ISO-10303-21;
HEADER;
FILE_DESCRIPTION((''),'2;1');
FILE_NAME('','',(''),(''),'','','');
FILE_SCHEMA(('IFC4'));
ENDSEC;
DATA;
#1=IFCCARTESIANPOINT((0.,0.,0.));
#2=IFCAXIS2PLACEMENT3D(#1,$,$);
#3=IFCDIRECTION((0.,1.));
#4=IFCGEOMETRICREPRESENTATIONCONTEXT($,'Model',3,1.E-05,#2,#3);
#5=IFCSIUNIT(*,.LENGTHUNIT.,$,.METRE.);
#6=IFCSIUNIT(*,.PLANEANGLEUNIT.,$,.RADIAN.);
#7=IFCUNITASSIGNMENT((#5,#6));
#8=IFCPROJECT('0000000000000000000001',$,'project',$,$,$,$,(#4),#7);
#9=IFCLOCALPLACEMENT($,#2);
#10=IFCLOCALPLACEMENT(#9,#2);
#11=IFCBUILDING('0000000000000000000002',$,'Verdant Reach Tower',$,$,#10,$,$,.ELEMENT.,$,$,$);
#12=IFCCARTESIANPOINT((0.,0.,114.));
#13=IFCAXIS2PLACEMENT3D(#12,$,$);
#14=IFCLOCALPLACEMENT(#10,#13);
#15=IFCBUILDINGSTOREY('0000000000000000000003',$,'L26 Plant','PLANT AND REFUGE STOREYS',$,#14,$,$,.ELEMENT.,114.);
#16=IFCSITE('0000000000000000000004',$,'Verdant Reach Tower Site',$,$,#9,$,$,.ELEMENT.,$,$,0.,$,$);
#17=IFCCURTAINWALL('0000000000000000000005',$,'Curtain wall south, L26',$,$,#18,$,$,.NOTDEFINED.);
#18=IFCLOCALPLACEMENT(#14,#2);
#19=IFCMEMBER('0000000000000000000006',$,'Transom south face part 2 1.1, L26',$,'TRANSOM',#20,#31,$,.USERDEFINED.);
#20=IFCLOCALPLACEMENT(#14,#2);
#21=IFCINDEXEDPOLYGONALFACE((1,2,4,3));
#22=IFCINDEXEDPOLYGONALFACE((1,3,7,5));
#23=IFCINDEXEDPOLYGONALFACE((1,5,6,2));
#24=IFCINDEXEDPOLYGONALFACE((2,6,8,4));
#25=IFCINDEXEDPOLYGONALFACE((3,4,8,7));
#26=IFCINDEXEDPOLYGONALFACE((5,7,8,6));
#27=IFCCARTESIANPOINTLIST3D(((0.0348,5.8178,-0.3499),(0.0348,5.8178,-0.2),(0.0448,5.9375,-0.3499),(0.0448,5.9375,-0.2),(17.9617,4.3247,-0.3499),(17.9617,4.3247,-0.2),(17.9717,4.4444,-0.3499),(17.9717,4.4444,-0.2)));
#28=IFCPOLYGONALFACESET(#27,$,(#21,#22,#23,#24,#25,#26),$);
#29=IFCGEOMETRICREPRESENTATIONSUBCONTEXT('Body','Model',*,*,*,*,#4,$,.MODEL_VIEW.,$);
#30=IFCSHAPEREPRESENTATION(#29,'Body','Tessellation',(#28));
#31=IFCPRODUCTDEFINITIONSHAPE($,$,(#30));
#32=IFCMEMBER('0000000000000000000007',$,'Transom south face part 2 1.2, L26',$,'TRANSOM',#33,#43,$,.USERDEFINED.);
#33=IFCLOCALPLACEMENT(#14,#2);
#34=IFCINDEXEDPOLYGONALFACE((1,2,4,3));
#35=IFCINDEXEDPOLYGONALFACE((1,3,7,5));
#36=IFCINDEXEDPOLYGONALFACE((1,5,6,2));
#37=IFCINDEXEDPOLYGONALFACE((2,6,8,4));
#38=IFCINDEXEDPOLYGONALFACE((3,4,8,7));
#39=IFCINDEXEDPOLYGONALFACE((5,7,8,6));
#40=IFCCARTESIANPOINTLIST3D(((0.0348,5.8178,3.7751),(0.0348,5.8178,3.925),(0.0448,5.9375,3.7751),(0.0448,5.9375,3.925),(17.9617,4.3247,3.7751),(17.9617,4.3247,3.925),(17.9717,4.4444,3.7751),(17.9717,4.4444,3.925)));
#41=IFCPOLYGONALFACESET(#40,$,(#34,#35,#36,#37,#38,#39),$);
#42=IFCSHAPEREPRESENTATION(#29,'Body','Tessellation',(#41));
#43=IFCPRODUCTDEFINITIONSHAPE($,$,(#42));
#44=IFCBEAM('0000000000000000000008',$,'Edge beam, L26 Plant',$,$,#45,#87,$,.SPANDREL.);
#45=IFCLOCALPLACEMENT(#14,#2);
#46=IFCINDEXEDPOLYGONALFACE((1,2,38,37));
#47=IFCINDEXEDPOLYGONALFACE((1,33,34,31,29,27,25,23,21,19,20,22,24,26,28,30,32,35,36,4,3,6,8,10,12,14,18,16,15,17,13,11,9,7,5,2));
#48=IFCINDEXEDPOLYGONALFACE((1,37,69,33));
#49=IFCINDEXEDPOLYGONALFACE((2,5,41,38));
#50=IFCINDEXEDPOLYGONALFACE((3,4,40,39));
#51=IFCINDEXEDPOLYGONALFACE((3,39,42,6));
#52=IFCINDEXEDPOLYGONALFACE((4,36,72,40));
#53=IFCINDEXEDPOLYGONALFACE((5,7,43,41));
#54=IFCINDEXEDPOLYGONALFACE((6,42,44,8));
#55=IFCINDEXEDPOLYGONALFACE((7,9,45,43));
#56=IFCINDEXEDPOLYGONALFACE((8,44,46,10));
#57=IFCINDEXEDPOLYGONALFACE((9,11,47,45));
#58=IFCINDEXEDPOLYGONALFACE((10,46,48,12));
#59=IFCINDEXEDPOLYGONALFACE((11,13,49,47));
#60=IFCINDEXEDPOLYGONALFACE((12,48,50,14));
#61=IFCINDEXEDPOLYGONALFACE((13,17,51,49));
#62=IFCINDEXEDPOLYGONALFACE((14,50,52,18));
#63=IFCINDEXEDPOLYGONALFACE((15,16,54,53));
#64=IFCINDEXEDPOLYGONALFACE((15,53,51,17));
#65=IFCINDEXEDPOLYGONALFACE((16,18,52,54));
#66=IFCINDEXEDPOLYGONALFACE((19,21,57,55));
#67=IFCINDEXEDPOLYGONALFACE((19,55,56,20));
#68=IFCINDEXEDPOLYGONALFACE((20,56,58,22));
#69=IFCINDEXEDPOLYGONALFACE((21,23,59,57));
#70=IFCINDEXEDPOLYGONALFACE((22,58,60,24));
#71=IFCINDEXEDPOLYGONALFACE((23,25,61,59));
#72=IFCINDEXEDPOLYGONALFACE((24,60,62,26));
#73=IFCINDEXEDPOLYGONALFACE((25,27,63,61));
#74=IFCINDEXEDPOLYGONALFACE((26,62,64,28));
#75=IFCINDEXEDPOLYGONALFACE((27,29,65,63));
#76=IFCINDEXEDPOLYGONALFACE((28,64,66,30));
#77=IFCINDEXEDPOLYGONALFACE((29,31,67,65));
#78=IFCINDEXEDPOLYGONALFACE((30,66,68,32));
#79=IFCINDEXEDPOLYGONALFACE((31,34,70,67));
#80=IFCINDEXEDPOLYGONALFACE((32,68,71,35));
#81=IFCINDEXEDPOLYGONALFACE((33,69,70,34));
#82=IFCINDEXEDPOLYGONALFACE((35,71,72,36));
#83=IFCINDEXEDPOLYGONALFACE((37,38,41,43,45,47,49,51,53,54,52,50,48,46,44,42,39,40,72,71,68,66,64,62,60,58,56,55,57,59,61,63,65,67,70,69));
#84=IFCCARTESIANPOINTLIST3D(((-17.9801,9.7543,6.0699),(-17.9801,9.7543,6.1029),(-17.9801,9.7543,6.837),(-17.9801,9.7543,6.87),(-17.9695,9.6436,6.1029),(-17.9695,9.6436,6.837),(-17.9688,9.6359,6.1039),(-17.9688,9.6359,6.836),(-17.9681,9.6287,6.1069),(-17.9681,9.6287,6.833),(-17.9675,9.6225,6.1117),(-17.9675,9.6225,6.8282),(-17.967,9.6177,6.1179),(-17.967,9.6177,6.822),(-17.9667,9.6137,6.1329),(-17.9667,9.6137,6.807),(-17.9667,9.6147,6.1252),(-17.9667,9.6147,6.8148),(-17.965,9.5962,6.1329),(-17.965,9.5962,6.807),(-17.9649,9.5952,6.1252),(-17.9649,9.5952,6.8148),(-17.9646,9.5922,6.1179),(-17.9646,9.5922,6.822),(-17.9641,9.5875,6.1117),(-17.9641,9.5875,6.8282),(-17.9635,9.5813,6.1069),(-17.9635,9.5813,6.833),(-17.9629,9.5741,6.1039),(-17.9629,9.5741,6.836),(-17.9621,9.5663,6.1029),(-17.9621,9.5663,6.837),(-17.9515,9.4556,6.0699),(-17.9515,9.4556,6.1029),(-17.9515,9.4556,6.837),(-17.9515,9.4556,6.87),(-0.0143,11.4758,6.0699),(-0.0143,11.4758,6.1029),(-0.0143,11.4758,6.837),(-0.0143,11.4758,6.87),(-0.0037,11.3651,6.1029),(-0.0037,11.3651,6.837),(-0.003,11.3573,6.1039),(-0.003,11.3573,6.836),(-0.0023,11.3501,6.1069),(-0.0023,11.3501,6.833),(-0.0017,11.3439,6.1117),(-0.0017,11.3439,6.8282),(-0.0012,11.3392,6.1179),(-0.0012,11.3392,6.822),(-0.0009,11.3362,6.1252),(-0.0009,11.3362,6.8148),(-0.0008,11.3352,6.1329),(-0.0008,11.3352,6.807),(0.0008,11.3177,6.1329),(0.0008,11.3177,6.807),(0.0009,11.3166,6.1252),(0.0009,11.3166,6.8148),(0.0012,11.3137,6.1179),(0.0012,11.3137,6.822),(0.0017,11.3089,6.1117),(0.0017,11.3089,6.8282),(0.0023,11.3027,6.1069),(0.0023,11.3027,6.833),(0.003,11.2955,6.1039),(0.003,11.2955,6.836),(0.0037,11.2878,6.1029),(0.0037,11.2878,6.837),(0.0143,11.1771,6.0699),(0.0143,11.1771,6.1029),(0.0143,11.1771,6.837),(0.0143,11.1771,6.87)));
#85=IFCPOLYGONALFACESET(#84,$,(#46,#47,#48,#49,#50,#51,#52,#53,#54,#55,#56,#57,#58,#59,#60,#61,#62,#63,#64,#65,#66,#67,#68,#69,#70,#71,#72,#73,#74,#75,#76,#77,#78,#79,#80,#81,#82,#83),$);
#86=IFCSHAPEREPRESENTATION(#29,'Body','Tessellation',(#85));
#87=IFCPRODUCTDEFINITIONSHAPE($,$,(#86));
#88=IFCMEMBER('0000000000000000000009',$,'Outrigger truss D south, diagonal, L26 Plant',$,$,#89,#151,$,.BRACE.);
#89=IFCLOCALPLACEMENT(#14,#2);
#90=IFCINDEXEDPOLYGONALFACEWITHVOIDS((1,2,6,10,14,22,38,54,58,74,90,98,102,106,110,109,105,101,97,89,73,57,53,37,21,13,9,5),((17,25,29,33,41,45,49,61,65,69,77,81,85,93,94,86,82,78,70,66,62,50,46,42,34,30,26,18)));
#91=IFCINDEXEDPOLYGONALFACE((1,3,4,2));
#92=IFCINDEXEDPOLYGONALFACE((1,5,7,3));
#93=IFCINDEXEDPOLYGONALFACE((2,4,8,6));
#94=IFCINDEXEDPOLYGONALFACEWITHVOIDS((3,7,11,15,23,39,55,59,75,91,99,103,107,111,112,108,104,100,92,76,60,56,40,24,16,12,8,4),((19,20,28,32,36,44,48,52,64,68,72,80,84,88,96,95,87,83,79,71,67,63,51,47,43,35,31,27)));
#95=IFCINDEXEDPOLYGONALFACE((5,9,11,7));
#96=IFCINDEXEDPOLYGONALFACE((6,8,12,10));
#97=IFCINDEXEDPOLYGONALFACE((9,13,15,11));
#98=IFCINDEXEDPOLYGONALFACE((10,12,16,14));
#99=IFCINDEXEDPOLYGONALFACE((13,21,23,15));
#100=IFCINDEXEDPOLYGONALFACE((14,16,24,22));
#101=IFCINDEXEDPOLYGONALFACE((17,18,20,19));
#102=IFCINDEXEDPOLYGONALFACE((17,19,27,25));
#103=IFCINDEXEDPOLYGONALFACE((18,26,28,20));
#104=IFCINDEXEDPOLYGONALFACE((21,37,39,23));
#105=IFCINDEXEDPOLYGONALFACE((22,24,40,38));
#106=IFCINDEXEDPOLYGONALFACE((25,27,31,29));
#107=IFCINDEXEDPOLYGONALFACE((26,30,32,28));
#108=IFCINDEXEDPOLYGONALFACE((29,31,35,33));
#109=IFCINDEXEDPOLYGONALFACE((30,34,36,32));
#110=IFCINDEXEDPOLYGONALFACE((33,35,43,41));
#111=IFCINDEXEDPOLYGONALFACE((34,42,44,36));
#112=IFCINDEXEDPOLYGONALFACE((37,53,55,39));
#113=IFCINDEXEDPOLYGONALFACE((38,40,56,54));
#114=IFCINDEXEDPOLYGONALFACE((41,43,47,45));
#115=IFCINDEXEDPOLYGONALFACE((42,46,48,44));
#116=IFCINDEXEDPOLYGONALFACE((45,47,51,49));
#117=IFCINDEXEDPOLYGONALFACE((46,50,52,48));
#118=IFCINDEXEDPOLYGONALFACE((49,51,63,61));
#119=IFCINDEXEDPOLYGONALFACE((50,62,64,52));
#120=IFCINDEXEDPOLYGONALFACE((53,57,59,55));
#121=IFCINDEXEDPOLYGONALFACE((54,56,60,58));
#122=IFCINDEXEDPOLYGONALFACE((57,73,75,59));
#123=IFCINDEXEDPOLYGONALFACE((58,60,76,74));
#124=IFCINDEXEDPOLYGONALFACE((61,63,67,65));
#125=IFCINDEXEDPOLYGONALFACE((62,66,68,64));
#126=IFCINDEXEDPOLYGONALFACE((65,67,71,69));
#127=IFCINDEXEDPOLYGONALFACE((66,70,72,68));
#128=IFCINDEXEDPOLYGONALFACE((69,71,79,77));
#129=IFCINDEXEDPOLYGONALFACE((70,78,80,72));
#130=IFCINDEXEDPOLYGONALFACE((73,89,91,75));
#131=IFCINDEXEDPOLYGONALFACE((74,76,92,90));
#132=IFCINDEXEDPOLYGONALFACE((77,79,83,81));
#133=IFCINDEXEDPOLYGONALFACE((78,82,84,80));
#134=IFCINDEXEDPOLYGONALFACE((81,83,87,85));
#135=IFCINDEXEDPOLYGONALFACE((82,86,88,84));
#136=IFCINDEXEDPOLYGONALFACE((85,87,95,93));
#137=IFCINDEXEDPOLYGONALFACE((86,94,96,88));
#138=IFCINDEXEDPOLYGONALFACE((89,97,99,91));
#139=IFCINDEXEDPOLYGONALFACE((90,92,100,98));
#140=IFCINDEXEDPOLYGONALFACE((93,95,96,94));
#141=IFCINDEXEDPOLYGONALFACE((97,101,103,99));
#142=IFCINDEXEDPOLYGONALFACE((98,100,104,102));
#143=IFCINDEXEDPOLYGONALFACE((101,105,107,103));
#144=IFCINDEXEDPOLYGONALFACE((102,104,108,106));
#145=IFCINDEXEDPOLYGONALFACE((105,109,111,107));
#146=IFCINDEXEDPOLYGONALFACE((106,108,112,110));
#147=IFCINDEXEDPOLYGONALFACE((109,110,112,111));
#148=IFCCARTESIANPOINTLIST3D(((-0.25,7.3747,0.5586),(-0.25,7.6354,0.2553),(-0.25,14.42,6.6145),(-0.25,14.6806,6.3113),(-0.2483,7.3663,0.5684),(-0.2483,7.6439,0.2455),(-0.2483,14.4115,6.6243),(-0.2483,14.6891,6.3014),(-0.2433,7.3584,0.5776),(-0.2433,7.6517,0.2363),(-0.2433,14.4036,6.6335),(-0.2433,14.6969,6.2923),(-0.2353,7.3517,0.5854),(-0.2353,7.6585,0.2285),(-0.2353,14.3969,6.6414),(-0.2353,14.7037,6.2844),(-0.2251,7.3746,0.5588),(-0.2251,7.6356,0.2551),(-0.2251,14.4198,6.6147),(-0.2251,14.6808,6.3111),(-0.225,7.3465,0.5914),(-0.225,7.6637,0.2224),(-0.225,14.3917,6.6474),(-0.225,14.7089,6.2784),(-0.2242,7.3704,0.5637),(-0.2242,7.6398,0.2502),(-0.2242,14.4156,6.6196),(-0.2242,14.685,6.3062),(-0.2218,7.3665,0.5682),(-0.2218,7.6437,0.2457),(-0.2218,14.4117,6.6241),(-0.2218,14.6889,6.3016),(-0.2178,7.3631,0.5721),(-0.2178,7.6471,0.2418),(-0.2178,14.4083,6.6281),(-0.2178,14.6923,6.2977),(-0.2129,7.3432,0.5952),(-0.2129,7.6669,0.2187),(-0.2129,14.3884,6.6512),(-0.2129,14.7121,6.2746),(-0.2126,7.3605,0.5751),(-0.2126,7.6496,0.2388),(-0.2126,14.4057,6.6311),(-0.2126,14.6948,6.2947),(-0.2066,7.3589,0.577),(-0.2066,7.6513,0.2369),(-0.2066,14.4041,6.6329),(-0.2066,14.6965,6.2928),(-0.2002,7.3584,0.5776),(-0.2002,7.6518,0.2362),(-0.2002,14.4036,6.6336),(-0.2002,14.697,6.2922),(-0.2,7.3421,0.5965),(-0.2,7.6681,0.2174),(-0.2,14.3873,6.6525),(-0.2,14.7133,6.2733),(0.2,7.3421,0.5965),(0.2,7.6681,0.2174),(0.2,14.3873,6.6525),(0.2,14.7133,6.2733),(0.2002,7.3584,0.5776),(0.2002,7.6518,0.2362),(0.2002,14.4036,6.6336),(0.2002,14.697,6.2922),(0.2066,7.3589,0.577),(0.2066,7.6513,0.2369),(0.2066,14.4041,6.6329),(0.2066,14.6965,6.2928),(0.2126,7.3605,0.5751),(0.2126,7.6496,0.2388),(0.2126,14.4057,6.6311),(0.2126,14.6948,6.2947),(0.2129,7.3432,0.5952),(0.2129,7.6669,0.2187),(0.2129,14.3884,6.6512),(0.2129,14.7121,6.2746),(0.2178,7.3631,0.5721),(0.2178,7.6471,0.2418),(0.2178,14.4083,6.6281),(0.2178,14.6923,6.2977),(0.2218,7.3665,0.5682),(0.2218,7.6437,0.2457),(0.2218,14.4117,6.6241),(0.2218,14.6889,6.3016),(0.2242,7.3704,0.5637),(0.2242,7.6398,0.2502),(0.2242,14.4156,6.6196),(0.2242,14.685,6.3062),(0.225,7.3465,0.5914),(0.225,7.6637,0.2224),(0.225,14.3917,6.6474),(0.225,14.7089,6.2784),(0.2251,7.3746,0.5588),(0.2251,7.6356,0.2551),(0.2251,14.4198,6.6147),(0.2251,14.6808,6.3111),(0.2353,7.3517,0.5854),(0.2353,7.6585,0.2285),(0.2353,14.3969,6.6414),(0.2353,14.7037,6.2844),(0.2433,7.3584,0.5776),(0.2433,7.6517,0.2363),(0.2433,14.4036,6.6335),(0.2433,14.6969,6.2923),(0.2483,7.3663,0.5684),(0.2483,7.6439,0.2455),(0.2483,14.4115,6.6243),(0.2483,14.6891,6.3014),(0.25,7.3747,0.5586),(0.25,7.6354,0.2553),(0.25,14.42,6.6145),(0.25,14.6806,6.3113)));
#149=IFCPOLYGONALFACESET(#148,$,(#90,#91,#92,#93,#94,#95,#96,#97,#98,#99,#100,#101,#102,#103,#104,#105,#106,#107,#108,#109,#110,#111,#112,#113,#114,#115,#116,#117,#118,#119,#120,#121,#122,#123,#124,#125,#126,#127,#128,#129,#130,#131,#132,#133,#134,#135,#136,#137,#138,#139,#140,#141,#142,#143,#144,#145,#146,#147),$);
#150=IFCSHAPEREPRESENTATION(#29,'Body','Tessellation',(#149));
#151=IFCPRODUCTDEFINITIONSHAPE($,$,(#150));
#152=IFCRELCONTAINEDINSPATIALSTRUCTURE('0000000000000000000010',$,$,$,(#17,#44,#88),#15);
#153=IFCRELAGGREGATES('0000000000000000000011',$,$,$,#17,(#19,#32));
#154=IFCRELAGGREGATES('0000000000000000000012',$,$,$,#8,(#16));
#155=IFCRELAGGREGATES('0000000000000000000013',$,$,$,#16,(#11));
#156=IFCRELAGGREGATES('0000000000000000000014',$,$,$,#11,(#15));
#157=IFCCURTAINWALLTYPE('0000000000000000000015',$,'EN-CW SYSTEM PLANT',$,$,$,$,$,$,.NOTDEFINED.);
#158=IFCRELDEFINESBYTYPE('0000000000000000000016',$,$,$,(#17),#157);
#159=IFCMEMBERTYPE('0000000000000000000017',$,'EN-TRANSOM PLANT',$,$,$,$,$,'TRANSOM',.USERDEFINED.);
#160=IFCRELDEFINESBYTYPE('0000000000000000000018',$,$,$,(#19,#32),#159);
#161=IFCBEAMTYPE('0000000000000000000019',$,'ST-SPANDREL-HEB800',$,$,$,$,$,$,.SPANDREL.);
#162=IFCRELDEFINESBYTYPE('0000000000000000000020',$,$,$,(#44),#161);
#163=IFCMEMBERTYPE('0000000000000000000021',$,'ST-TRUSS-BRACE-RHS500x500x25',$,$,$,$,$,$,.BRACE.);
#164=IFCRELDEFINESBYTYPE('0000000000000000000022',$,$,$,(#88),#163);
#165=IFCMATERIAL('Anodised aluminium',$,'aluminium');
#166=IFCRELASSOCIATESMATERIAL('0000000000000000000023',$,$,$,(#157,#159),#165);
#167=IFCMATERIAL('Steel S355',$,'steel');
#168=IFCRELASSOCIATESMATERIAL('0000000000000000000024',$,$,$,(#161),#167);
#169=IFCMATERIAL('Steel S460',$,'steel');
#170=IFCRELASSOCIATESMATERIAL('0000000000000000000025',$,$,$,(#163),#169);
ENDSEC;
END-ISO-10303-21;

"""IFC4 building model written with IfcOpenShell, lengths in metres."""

from ifc_helpers import new_model, si_unit, direction, frame, origin, origin_2d, place, context, subcontext, project, spatial, rectangle, hollow_rectangle, i_section, extrude, material, material_profile, profile_set, type_object, element, aggregate, save


model = new_model("IFC4")

# Units and contexts
model_context = context("Model", 3, precision=1e-05, world=origin(), true_north=direction((0.0, 1.0)))
body_context = subcontext(model_context, "Body", "Model", "MODEL_VIEW")
ifc_project = project(units=[si_unit("LENGTHUNIT", "METRE"), si_unit("PLANEANGLEUNIT", "RADIAN")], contexts=[model_context])

# Site, building, storey
site_placement = place(None, origin())
site = spatial("IfcSite", under=ifc_project, at=site_placement, Name="Verdant Reach Tower Site", CompositionType="ELEMENT", RefElevation=0.0)
building_placement = place(site_placement, origin())
building = spatial("IfcBuilding", under=site, at=building_placement, Name="Verdant Reach Tower", CompositionType="ELEMENT")
storey_placement = place(building_placement, frame((0.0, 0.0, 114.0)))
storey = spatial("IfcBuildingStorey", under=building, at=storey_placement, Name="L26 Plant", Description="PLANT AND REFUGE STOREYS", CompositionType="ELEMENT", Elevation=114.0)

# Shared definitions
ifc_material_1 = material(Name="Steel S460", Category="steel")

# Curtain wall, members
ifc_material_2 = material(Name="Anodised aluminium", Category="aluminium")
curtain_wall_type = type_object("IfcCurtainWallType", Name="EN-CW SYSTEM PLANT", PredefinedType="NOTDEFINED", material=ifc_material_2)
curtain_wall_placement = place(storey_placement, origin())
curtain_wall = element("IfcCurtainWall", 1, at=curtain_wall_placement, inside=storey, type_object=curtain_wall_type, Name="Curtain wall south, L26", PredefinedType="NOTDEFINED")
ifc_material_profile_1 = material_profile(ifc_material_2, rectangle(XDim=0.1201, YDim=0.1499, at=origin_2d()), Name="Transom 150x120")
ifc_profile_set_1 = profile_set([ifc_material_profile_1], Name="Anodised aluminium")
member_type_1 = type_object("IfcMemberType", Name="EN-TRANSOM PLANT", ElementType="TRANSOM", PredefinedType="USERDEFINED", material=ifc_profile_set_1)
member_1_placement = place(storey_placement, frame((0.0398, 5.8777, -0.2749), z_axis=(0.996549, -0.083004, 0.0), x_axis=(0.083004, 0.996549, 0.0)))
member_1 = element("IfcMember", 2, at=member_1_placement, type_object=member_type_1, Name="Transom south face part 2 1.1, L26", ObjectType="TRANSOM", PredefinedType="USERDEFINED", context=body_context, shape_type="SweptSolid", body=[
    extrude(rectangle(XDim=0.1201, YDim=0.1499, at=origin_2d()), origin(), (0.0, 0.0, 1.0), 17.989),
])
member_2_placement = place(storey_placement, frame((0.0398, 5.8777, 3.8501), z_axis=(0.996549, -0.083004, 0.0), x_axis=(0.083004, 0.996549, 0.0)))
member_2 = element("IfcMember", 3, at=member_2_placement, type_object=member_type_1, Name="Transom south face part 2 1.2, L26", ObjectType="TRANSOM", PredefinedType="USERDEFINED", context=body_context, shape_type="SweptSolid", body=[
    extrude(rectangle(XDim=0.1201, YDim=0.1499, at=origin_2d()), origin(), (0.0, 0.0, 1.0), 17.989),
])

# Beam
ifc_material_3 = material(Name="Steel S355", Category="steel")
ifc_material_profile_2 = material_profile(ifc_material_3, i_section(OverallWidth=0.3, OverallDepth=0.8, WebThickness=0.0176, FlangeThickness=0.033, FilletRadius=0.03, at=origin_2d()), Name="HEB 800")
ifc_profile_set_2 = profile_set([ifc_material_profile_2], Name="Steel S355")
beam_type = type_object("IfcBeamType", Name="ST-SPANDREL-HEB800", PredefinedType="SPANDREL", material=ifc_profile_set_2)
beam_placement = place(storey_placement, frame((0.0, 11.3264, 6.47), z_axis=(-0.995441, -0.09538, 0.0), x_axis=(0.09538, -0.995441, 0.0)))
element("IfcBeam", 4, at=beam_placement, inside=storey, type_object=beam_type, Name="Edge beam, L26 Plant", PredefinedType="SPANDREL", context=body_context, shape_type="SweptSolid", body=[
    extrude(i_section(OverallWidth=0.3, OverallDepth=0.8, WebThickness=0.0176, FlangeThickness=0.033, FilletRadius=0.03, at=origin_2d()), origin(), (0.0, 0.0, 1.0), 18.0481),
])

# Member
ifc_material_profile_3 = material_profile(ifc_material_1, hollow_rectangle(XDim=0.5, YDim=0.5, WallThickness=0.0249, InnerFilletRadius=0.0249, OuterFilletRadius=0.05, at=origin_2d()), Name="RHS 500x500x25")
ifc_profile_set_3 = profile_set([ifc_material_profile_3], Name="Steel S460")
member_type_2 = type_object("IfcMemberType", Name="ST-TRUSS-BRACE-RHS500x500x25", PredefinedType="BRACE", material=ifc_profile_set_3)
member_3_placement = place(storey_placement, frame((0.0, 14.5503, 6.4629), z_axis=(0.0, -0.758341, -0.651858), x_axis=(1.0, 0.0, 0.0)))
element("IfcMember", 5, at=member_3_placement, inside=storey, type_object=member_type_2, Name="Outrigger truss D south, diagonal, L26 Plant", PredefinedType="BRACE", context=body_context, shape_type="SweptSolid", body=[
    extrude(hollow_rectangle(XDim=0.5, YDim=0.5, WallThickness=0.0249, InnerFilletRadius=0.0249, OuterFilletRadius=0.05, at=origin_2d()), origin(), (0.0, 0.0, 1.0), 9.2903),
])

aggregate(curtain_wall, [member_1, member_2])

save(model, "model.ifc")
